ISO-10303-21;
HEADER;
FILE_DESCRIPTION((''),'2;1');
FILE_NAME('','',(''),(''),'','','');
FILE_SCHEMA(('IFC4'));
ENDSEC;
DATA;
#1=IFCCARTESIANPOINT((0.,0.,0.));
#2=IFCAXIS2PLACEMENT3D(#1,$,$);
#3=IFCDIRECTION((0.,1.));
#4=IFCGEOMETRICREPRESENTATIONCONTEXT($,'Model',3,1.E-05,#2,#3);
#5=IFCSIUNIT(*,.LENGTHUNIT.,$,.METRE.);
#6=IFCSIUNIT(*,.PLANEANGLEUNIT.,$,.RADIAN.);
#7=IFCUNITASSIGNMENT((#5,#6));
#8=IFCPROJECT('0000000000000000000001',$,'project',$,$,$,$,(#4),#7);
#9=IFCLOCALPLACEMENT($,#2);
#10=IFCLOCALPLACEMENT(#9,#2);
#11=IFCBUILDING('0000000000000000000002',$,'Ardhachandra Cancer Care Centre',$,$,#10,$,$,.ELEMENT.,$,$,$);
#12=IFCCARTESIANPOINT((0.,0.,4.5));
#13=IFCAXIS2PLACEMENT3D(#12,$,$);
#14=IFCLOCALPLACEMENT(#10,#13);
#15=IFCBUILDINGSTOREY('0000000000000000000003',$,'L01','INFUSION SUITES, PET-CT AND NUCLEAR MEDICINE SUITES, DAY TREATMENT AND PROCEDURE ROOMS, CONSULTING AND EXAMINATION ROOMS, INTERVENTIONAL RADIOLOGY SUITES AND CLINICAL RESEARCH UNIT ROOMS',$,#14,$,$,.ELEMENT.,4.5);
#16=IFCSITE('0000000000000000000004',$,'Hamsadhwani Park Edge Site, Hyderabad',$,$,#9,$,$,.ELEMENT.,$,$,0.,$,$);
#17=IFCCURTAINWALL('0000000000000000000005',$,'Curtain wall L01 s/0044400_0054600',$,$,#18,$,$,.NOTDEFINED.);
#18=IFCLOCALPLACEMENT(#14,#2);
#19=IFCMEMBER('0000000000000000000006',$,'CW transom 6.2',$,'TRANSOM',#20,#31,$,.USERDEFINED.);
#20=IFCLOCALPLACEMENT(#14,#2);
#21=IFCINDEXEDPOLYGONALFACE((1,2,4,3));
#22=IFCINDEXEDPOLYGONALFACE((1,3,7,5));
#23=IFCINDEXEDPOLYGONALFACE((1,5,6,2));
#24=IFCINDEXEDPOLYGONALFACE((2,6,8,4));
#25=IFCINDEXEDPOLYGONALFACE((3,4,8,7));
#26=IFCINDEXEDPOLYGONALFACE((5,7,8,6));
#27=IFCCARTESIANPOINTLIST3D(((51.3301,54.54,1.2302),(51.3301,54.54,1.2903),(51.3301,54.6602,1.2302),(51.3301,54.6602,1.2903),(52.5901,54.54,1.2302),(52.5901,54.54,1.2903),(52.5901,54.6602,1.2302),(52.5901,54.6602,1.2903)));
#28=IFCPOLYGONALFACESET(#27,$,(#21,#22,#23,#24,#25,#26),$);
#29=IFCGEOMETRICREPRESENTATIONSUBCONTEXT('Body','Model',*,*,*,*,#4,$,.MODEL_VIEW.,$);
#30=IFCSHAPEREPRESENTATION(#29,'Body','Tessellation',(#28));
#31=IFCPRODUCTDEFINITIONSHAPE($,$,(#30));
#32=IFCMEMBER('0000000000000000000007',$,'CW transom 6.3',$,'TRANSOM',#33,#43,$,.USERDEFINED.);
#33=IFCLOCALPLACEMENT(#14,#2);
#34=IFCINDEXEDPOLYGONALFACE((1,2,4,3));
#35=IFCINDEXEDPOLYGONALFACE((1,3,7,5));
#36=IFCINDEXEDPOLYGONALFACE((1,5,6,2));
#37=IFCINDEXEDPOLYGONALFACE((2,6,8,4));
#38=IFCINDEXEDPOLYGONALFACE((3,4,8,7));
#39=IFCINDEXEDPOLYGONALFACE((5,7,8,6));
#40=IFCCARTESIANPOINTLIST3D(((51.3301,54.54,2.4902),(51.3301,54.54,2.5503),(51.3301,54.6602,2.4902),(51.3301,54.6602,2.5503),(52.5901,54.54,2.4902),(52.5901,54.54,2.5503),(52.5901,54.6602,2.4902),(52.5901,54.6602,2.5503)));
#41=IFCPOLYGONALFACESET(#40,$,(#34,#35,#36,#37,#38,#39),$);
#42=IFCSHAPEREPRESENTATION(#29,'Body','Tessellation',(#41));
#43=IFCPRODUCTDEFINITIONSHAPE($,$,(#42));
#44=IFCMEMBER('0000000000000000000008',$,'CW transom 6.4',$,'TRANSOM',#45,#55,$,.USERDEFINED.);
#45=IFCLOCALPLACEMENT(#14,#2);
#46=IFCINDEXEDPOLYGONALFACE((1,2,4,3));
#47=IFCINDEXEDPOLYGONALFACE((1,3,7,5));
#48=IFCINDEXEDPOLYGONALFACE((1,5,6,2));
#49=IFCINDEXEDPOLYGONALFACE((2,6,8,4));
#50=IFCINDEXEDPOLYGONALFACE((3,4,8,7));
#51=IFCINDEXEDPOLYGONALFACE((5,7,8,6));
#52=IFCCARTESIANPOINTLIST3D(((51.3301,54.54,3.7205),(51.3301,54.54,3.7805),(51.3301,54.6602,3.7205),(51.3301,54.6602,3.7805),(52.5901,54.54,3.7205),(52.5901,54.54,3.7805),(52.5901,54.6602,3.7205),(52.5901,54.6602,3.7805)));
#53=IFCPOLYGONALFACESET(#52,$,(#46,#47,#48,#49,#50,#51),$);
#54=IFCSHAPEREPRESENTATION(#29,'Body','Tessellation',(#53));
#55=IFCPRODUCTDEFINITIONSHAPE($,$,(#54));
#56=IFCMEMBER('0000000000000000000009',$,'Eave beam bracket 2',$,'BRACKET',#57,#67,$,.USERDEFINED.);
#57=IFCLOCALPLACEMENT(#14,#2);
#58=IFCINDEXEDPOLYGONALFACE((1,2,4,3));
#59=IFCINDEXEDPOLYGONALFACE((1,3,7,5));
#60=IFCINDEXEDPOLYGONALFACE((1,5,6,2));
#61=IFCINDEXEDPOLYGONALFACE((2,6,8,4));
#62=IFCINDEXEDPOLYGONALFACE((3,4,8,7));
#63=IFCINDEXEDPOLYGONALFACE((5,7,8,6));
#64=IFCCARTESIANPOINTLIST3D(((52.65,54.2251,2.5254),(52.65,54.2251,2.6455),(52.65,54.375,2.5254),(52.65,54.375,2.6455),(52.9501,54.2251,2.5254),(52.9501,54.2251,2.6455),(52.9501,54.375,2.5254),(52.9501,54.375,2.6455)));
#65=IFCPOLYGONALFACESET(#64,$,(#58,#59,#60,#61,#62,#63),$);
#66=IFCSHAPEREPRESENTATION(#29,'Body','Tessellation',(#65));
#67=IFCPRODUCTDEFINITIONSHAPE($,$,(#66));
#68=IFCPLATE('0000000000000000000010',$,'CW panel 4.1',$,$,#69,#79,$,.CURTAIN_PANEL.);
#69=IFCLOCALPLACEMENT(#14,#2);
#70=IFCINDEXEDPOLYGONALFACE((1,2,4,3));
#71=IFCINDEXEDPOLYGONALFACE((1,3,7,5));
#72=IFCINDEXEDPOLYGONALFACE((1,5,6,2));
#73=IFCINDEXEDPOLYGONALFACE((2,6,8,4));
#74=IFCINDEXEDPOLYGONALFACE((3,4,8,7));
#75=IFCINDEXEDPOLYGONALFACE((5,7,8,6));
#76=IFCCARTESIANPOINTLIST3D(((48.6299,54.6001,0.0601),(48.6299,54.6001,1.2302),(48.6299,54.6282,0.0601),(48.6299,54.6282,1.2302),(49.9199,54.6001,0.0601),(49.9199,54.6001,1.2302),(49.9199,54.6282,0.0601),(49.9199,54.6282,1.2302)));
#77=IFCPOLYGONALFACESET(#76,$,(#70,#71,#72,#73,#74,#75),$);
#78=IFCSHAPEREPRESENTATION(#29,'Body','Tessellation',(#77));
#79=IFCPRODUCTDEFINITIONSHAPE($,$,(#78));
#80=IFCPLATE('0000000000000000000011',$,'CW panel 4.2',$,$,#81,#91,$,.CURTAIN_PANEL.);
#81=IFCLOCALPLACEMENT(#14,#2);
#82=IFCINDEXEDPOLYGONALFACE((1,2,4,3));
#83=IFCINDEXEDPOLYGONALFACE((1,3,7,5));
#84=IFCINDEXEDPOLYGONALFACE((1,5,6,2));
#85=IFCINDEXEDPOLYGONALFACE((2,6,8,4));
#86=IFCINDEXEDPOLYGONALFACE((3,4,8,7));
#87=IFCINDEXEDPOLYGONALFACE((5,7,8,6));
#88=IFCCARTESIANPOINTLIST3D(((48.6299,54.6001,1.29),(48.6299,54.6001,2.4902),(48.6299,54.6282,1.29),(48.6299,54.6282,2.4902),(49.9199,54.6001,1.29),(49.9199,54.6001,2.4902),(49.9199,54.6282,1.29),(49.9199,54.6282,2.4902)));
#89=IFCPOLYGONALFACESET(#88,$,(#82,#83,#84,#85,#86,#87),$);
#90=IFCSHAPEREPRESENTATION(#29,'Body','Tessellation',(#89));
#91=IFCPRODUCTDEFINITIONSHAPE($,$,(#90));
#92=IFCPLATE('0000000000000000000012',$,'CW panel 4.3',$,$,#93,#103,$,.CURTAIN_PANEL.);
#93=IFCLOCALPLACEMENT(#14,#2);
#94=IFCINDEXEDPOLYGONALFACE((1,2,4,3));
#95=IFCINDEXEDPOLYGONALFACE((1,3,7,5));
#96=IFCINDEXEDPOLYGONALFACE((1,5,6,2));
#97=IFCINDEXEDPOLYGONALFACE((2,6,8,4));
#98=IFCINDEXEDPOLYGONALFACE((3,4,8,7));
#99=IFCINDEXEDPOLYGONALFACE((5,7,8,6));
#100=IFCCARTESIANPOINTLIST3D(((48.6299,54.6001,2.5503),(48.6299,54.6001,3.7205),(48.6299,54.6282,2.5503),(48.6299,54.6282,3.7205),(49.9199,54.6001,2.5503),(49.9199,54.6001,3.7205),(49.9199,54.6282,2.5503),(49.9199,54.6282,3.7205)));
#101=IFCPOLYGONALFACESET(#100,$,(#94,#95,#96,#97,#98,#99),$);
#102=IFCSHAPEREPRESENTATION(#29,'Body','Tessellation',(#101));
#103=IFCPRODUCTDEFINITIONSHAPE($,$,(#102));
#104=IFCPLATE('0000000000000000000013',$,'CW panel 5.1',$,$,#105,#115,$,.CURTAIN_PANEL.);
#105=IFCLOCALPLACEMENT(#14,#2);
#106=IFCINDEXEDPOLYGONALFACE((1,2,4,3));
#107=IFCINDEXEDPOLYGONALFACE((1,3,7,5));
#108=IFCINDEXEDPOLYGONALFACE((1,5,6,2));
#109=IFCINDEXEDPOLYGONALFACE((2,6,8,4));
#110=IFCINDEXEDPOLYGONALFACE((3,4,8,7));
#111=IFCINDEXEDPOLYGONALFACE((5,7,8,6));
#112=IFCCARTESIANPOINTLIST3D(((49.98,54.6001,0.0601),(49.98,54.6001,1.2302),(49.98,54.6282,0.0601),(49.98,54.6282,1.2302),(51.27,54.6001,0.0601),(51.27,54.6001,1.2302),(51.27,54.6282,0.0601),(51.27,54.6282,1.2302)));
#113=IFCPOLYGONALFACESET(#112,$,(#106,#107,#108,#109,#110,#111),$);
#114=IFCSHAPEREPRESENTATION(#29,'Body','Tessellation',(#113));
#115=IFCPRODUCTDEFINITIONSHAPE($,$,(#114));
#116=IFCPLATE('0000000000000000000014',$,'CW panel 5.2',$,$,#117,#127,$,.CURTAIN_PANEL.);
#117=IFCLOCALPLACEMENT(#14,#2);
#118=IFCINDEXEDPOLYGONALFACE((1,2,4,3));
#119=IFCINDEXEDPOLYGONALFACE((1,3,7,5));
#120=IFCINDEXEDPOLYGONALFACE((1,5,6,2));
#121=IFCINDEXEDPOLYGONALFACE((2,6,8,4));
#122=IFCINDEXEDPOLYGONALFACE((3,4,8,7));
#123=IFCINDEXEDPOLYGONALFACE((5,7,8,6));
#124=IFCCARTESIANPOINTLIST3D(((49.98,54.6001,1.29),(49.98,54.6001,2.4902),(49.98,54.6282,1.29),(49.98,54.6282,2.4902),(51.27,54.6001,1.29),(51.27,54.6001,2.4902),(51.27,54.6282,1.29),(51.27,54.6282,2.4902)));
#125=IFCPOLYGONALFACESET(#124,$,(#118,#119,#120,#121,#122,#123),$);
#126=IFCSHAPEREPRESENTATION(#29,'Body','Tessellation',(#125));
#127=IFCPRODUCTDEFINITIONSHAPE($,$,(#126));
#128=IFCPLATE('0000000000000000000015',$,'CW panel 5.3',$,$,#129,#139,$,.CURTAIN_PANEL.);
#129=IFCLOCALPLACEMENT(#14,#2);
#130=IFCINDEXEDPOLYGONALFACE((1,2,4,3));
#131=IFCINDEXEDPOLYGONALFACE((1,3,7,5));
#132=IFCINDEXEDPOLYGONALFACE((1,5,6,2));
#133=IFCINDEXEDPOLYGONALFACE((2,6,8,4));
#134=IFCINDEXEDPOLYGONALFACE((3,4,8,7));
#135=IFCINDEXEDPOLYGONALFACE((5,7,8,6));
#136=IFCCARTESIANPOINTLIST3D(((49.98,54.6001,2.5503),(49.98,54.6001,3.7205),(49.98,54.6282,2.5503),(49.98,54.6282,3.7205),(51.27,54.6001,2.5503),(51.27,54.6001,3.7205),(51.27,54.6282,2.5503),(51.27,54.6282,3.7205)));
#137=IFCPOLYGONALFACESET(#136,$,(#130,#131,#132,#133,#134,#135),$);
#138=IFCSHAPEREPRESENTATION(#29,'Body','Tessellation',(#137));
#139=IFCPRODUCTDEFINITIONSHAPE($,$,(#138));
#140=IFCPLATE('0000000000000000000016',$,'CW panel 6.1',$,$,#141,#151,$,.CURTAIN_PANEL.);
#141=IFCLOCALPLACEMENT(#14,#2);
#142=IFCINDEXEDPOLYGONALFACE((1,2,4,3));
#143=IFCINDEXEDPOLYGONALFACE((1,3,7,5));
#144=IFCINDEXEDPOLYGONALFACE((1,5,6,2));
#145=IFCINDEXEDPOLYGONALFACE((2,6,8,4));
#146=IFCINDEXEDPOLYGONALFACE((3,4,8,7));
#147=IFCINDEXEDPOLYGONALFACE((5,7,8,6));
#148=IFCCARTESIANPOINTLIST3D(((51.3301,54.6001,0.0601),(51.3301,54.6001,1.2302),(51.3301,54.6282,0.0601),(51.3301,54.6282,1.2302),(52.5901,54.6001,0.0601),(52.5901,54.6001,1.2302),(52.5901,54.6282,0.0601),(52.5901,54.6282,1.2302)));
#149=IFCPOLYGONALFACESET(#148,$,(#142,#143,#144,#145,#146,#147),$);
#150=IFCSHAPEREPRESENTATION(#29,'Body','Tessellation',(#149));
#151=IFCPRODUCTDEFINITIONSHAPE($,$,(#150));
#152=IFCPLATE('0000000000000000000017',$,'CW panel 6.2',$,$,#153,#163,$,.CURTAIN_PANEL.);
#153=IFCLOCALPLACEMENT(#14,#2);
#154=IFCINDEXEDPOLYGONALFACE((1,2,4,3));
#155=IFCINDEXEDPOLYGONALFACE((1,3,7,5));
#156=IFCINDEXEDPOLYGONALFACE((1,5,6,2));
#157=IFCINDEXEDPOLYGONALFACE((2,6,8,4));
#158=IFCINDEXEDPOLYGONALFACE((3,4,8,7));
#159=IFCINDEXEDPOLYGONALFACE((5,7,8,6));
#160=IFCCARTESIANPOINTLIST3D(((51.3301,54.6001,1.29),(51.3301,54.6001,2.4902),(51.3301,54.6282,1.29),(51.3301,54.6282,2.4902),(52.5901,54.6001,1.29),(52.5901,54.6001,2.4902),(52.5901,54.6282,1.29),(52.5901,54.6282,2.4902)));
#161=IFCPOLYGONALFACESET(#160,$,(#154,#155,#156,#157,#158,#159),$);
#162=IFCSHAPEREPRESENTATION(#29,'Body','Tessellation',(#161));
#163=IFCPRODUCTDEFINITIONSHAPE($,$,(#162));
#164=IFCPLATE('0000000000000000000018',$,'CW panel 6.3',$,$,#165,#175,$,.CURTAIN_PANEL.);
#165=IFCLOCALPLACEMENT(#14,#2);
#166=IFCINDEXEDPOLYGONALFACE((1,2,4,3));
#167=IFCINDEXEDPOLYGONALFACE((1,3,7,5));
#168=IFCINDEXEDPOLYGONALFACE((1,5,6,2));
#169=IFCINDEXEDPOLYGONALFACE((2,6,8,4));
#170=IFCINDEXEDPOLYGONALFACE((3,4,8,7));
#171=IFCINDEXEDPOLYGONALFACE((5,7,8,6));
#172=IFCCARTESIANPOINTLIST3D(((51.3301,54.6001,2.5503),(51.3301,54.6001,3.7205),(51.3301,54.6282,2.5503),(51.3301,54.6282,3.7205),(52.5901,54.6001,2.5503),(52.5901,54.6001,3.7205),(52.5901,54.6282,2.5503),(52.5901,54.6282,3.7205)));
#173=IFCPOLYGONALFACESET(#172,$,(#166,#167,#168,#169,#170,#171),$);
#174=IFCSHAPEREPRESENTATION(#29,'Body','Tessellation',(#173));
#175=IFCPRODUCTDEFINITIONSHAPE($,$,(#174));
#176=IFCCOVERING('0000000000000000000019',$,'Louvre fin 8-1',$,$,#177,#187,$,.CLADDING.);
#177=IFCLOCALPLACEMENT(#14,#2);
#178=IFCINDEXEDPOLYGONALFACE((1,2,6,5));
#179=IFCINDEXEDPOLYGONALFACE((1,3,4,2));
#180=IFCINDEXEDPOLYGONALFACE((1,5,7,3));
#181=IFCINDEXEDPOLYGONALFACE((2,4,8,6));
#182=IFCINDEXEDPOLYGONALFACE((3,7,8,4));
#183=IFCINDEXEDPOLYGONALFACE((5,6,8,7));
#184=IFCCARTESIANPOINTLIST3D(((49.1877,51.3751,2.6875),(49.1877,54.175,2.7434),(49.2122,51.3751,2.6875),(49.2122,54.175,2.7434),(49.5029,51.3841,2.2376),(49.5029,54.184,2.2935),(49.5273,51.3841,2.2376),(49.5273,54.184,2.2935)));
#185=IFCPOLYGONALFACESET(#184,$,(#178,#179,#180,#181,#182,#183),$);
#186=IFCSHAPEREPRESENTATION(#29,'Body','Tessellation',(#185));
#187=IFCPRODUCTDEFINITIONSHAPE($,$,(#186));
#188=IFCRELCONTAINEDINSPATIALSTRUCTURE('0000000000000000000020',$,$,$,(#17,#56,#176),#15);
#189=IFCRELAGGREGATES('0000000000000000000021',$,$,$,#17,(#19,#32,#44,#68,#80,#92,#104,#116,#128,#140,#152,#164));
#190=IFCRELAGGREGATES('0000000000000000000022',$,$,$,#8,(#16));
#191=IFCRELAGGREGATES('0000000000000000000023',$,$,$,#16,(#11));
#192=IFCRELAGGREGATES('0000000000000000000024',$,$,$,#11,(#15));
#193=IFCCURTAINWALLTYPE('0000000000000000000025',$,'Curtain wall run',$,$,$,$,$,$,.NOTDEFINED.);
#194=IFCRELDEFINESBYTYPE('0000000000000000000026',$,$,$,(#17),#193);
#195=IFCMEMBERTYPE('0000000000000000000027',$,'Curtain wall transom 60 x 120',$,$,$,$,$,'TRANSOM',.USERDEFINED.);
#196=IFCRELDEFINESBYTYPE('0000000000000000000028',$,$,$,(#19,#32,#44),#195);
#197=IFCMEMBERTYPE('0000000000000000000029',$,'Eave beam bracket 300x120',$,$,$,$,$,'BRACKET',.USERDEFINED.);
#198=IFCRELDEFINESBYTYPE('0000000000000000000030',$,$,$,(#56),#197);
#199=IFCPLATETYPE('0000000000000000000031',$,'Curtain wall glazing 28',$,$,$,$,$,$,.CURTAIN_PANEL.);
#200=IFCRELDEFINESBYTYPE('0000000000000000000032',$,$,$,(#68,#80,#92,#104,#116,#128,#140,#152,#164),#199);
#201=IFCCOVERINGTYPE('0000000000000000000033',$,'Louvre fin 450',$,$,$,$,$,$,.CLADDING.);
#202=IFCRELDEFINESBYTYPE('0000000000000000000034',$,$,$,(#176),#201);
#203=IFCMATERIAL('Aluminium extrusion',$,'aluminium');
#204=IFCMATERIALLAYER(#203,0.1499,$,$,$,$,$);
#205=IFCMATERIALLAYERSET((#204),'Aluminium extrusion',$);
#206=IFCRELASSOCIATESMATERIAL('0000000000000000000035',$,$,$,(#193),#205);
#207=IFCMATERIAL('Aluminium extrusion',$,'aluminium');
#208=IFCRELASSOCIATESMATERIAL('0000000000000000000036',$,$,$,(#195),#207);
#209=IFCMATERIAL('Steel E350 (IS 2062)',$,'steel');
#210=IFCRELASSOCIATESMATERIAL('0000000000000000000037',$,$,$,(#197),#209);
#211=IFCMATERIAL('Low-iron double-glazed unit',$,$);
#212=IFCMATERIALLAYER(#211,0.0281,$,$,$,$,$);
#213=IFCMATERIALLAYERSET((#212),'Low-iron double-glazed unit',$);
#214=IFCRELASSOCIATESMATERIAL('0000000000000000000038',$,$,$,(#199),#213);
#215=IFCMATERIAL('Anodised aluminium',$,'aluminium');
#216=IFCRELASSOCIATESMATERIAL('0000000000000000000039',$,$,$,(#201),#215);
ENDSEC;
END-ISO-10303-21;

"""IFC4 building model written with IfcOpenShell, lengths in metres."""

from ifc_helpers import new_model, si_unit, direction, frame, origin, origin_2d, place, context, subcontext, project, spatial, polyline, rectangle, outline, extrude, material, layer, layer_set, material_profile, profile_set, type_object, element, aggregate, save


model = new_model("IFC4")

# Units and contexts
model_context = context("Model", 3, precision=1e-05, world=origin(), true_north=direction((0.0, 1.0)))
body_context = subcontext(model_context, "Body", "Model", "MODEL_VIEW")
ifc_project = project(units=[si_unit("LENGTHUNIT", "METRE"), si_unit("PLANEANGLEUNIT", "RADIAN")], contexts=[model_context])

# Site, building, storey
site_placement = place(None, origin())
site = spatial("IfcSite", under=ifc_project, at=site_placement, Name="Hamsadhwani Park Edge Site, Hyderabad", CompositionType="ELEMENT", RefElevation=0.0)
building_placement = place(site_placement, origin())
building = spatial("IfcBuilding", under=site, at=building_placement, Name="Ardhachandra Cancer Care Centre", CompositionType="ELEMENT")
storey_placement = place(building_placement, frame((0.0, 0.0, 4.5)))
storey = spatial("IfcBuildingStorey", under=building, at=storey_placement, Name="L01", Description="INFUSION SUITES, PET-CT AND NUCLEAR MEDICINE SUITES, DAY TREATMENT AND PROCEDURE ROOMS, CONSULTING AND EXAMINATION ROOMS, INTERVENTIONAL RADIOLOGY SUITES AND CLINICAL RESEARCH UNIT ROOMS", CompositionType="ELEMENT", Elevation=4.5)

# Curtain wall, members
ifc_material_1 = material(Name="Aluminium extrusion", Category="aluminium")
ifc_layer_1 = layer(ifc_material_1, 0.1499)
ifc_layer_set_1 = layer_set([ifc_layer_1], Name="Aluminium extrusion")
curtain_wall_type = type_object("IfcCurtainWallType", Name="Curtain wall run", PredefinedType="NOTDEFINED", material=ifc_layer_set_1)
curtain_wall_placement = place(storey_placement, origin())
curtain_wall = element("IfcCurtainWall", 1, at=curtain_wall_placement, inside=storey, type_object=curtain_wall_type, Name="Curtain wall L01 s/0044400_0054600", PredefinedType="NOTDEFINED")
ifc_material_2 = material(Name="Aluminium extrusion", Category="aluminium")
ifc_material_profile_1 = material_profile(ifc_material_2, rectangle(XDim=0.1201, YDim=0.0601, at=origin_2d()), Name="Curtain wall transom 60 x 120")
ifc_profile_set_1 = profile_set([ifc_material_profile_1], Name="Aluminium extrusion")
member_type_1 = type_object("IfcMemberType", Name="Curtain wall transom 60 x 120", ElementType="TRANSOM", PredefinedType="USERDEFINED", material=ifc_profile_set_1)
member_1_placement = place(storey_placement, frame((51.3301, 54.6001, 1.2603), z_axis=(1.0, 0.0, 0.0), x_axis=(0.0, 1.0, 0.0)))
member_1 = element("IfcMember", 2, at=member_1_placement, type_object=member_type_1, Name="CW transom 6.2", ObjectType="TRANSOM", PredefinedType="USERDEFINED", context=body_context, shape_type="SweptSolid", body=[
    extrude(rectangle(XDim=0.1201, YDim=0.0601, at=origin_2d()), origin(), (0.0, 0.0, 1.0), 1.26),
])
member_2_placement = place(storey_placement, frame((51.3301, 54.6001, 2.5203), z_axis=(1.0, 0.0, 0.0), x_axis=(0.0, 1.0, 0.0)))
member_2 = element("IfcMember", 3, at=member_2_placement, type_object=member_type_1, Name="CW transom 6.3", ObjectType="TRANSOM", PredefinedType="USERDEFINED", context=body_context, shape_type="SweptSolid", body=[
    extrude(rectangle(XDim=0.1201, YDim=0.0601, at=origin_2d()), origin(), (0.0, 0.0, 1.0), 1.26),
])
member_3_placement = place(storey_placement, frame((51.3301, 54.6001, 3.7505), z_axis=(1.0, 0.0, 0.0), x_axis=(0.0, 1.0, 0.0)))
member_3 = element("IfcMember", 4, at=member_3_placement, type_object=member_type_1, Name="CW transom 6.4", ObjectType="TRANSOM", PredefinedType="USERDEFINED", context=body_context, shape_type="SweptSolid", body=[
    extrude(rectangle(XDim=0.1201, YDim=0.0601, at=origin_2d()), origin(), (0.0, 0.0, 1.0), 1.26),
])

# Member
ifc_material_3 = material(Name="Steel E350 (IS 2062)", Category="steel")
ifc_material_profile_2 = material_profile(ifc_material_3, rectangle(XDim=0.3, YDim=0.1201, at=origin_2d()), Name="PL 300x120")
ifc_profile_set_2 = profile_set([ifc_material_profile_2], Name="Steel E350 (IS 2062)")
member_type_2 = type_object("IfcMemberType", Name="Eave beam bracket 300x120", ElementType="BRACKET", PredefinedType="USERDEFINED", material=ifc_profile_set_2)
member_4_placement = place(storey_placement, frame((52.8, 54.2251, 2.5854), z_axis=(0.0, 1.0, 0.0), x_axis=(-1.0, 0.0, 0.0)))
element("IfcMember", 5, at=member_4_placement, inside=storey, type_object=member_type_2, Name="Eave beam bracket 2", ObjectType="BRACKET", PredefinedType="USERDEFINED", context=body_context, shape_type="SweptSolid", body=[
    extrude(rectangle(XDim=0.3, YDim=0.1201, at=origin_2d()), origin(), (0.0, 0.0, 1.0), 0.1499),
])

# Plates
ifc_material_4 = material(Name="Low-iron double-glazed unit")
ifc_layer_2 = layer(ifc_material_4, 0.0281)
ifc_layer_set_2 = layer_set([ifc_layer_2], Name="Low-iron double-glazed unit")
plate_type = type_object("IfcPlateType", Name="Curtain wall glazing 28", PredefinedType="CURTAIN_PANEL", material=ifc_layer_set_2)
plate_1_placement = place(storey_placement, frame((48.6299, 54.6001, 0.0601), z_axis=(0.0, 1.0, 0.0), x_axis=(0.0, 0.0, 1.0)))
plate_1 = element("IfcPlate", 6, at=plate_1_placement, type_object=plate_type, Name="CW panel 4.1", PredefinedType="CURTAIN_PANEL", context=body_context, shape_type="SweptSolid", body=[
    extrude(outline(polyline([(0.0, 0.0), (1.1702, 0.0), (1.1702, 1.29), (0.0, 1.29), (0.0, 0.0)])), origin(), (0.0, 0.0, 1.0), 0.0281),
])
plate_2_placement = place(storey_placement, frame((48.6299, 54.6001, 1.29), z_axis=(0.0, 1.0, 0.0), x_axis=(0.0, 0.0, 1.0)))
plate_2 = element("IfcPlate", 7, at=plate_2_placement, type_object=plate_type, Name="CW panel 4.2", PredefinedType="CURTAIN_PANEL", context=body_context, shape_type="SweptSolid", body=[
    extrude(outline(polyline([(0.0, 0.0), (1.2002, 0.0), (1.2002, 1.29), (0.0, 1.29), (0.0, 0.0)])), origin(), (0.0, 0.0, 1.0), 0.0281),
])
plate_3_placement = place(storey_placement, frame((48.6299, 54.6001, 2.5503), z_axis=(0.0, 1.0, 0.0), x_axis=(0.0, 0.0, 1.0)))
plate_3 = element("IfcPlate", 8, at=plate_3_placement, type_object=plate_type, Name="CW panel 4.3", PredefinedType="CURTAIN_PANEL", context=body_context, shape_type="SweptSolid", body=[
    extrude(outline(polyline([(0.0, 0.0), (1.1702, 0.0), (1.1702, 1.29), (0.0, 1.29), (0.0, 0.0)])), origin(), (0.0, 0.0, 1.0), 0.0281),
])
plate_4_placement = place(storey_placement, frame((49.98, 54.6001, 0.0601), z_axis=(0.0, 1.0, 0.0), x_axis=(0.0, 0.0, 1.0)))
plate_4 = element("IfcPlate", 9, at=plate_4_placement, type_object=plate_type, Name="CW panel 5.1", PredefinedType="CURTAIN_PANEL", context=body_context, shape_type="SweptSolid", body=[
    extrude(outline(polyline([(0.0, 0.0), (1.1702, 0.0), (1.1702, 1.29), (0.0, 1.29), (0.0, 0.0)])), origin(), (0.0, 0.0, 1.0), 0.0281),
])
plate_5_placement = place(storey_placement, frame((49.98, 54.6001, 1.29), z_axis=(0.0, 1.0, 0.0), x_axis=(0.0, 0.0, 1.0)))
plate_5 = element("IfcPlate", 10, at=plate_5_placement, type_object=plate_type, Name="CW panel 5.2", PredefinedType="CURTAIN_PANEL", context=body_context, shape_type="SweptSolid", body=[
    extrude(outline(polyline([(0.0, 0.0), (1.2002, 0.0), (1.2002, 1.29), (0.0, 1.29), (0.0, 0.0)])), origin(), (0.0, 0.0, 1.0), 0.0281),
])
plate_6_placement = place(storey_placement, frame((49.98, 54.6001, 2.5503), z_axis=(0.0, 1.0, 0.0), x_axis=(0.0, 0.0, 1.0)))
plate_6 = element("IfcPlate", 11, at=plate_6_placement, type_object=plate_type, Name="CW panel 5.3", PredefinedType="CURTAIN_PANEL", context=body_context, shape_type="SweptSolid", body=[
    extrude(outline(polyline([(0.0, 0.0), (1.1702, 0.0), (1.1702, 1.29), (0.0, 1.29), (0.0, 0.0)])), origin(), (0.0, 0.0, 1.0), 0.0281),
])
plate_7_placement = place(storey_placement, frame((51.3301, 54.6001, 0.0601), z_axis=(0.0, 1.0, 0.0), x_axis=(0.0, 0.0, 1.0)))
plate_7 = element("IfcPlate", 12, at=plate_7_placement, type_object=plate_type, Name="CW panel 6.1", PredefinedType="CURTAIN_PANEL", context=body_context, shape_type="SweptSolid", body=[
    extrude(outline(polyline([(0.0, 0.0), (1.1702, 0.0), (1.1702, 1.26), (0.0, 1.26), (0.0, 0.0)])), origin(), (0.0, 0.0, 1.0), 0.0281),
])
plate_8_placement = place(storey_placement, frame((51.3301, 54.6001, 1.29), z_axis=(0.0, 1.0, 0.0), x_axis=(0.0, 0.0, 1.0)))
plate_8 = element("IfcPlate", 13, at=plate_8_placement, type_object=plate_type, Name="CW panel 6.2", PredefinedType="CURTAIN_PANEL", context=body_context, shape_type="SweptSolid", body=[
    extrude(outline(polyline([(0.0, 0.0), (1.2002, 0.0), (1.2002, 1.26), (0.0, 1.26), (0.0, 0.0)])), origin(), (0.0, 0.0, 1.0), 0.0281),
])
plate_9_placement = place(storey_placement, frame((51.3301, 54.6001, 2.5503), z_axis=(0.0, 1.0, 0.0), x_axis=(0.0, 0.0, 1.0)))
plate_9 = element("IfcPlate", 14, at=plate_9_placement, type_object=plate_type, Name="CW panel 6.3", PredefinedType="CURTAIN_PANEL", context=body_context, shape_type="SweptSolid", body=[
    extrude(outline(polyline([(0.0, 0.0), (1.1702, 0.0), (1.1702, 1.26), (0.0, 1.26), (0.0, 0.0)])), origin(), (0.0, 0.0, 1.0), 0.0281),
])
aggregate(curtain_wall, [member_1, member_2, member_3, plate_1, plate_2, plate_3, plate_4, plate_5, plate_6, plate_7, plate_8, plate_9])

# Covering
ifc_material_5 = material(Name="Anodised aluminium", Category="aluminium")
ifc_material_profile_3 = material_profile(ifc_material_5, outline(polyline([(-0.0122, 0.0), (0.0122, 0.0), (0.3274, -0.45), (0.303, -0.45), (-0.0122, 0.0)])), Name="Louvre fin 450")
ifc_profile_set_3 = profile_set([ifc_material_profile_3], Name="Anodised aluminium")
covering_type = type_object("IfcCoveringType", Name="Louvre fin 450", PredefinedType="CLADDING", material=ifc_profile_set_3)
for number, where, z_axis, x_axis, name in (
    (15, (49.2, 54.175, 2.7434), (0.0, -0.999801, -0.019963), (1.0, 0.0, 0.0), "Louvre fin 8-1"),
):
    element("IfcCovering", number, at=place(storey_placement, frame(where, z_axis=z_axis, x_axis=x_axis)), inside=storey, type_object=covering_type, Name=name, PredefinedType="CLADDING", context=body_context, shape_type="SweptSolid", body=[
        extrude(outline(polyline([(-0.0122, 0.0), (0.0122, 0.0), (0.3274, -0.45), (0.303, -0.45), (-0.0122, 0.0)])), origin(), (0.0, 0.0, 1.0), 2.8005),
    ])

save(model, "model.ifc")
